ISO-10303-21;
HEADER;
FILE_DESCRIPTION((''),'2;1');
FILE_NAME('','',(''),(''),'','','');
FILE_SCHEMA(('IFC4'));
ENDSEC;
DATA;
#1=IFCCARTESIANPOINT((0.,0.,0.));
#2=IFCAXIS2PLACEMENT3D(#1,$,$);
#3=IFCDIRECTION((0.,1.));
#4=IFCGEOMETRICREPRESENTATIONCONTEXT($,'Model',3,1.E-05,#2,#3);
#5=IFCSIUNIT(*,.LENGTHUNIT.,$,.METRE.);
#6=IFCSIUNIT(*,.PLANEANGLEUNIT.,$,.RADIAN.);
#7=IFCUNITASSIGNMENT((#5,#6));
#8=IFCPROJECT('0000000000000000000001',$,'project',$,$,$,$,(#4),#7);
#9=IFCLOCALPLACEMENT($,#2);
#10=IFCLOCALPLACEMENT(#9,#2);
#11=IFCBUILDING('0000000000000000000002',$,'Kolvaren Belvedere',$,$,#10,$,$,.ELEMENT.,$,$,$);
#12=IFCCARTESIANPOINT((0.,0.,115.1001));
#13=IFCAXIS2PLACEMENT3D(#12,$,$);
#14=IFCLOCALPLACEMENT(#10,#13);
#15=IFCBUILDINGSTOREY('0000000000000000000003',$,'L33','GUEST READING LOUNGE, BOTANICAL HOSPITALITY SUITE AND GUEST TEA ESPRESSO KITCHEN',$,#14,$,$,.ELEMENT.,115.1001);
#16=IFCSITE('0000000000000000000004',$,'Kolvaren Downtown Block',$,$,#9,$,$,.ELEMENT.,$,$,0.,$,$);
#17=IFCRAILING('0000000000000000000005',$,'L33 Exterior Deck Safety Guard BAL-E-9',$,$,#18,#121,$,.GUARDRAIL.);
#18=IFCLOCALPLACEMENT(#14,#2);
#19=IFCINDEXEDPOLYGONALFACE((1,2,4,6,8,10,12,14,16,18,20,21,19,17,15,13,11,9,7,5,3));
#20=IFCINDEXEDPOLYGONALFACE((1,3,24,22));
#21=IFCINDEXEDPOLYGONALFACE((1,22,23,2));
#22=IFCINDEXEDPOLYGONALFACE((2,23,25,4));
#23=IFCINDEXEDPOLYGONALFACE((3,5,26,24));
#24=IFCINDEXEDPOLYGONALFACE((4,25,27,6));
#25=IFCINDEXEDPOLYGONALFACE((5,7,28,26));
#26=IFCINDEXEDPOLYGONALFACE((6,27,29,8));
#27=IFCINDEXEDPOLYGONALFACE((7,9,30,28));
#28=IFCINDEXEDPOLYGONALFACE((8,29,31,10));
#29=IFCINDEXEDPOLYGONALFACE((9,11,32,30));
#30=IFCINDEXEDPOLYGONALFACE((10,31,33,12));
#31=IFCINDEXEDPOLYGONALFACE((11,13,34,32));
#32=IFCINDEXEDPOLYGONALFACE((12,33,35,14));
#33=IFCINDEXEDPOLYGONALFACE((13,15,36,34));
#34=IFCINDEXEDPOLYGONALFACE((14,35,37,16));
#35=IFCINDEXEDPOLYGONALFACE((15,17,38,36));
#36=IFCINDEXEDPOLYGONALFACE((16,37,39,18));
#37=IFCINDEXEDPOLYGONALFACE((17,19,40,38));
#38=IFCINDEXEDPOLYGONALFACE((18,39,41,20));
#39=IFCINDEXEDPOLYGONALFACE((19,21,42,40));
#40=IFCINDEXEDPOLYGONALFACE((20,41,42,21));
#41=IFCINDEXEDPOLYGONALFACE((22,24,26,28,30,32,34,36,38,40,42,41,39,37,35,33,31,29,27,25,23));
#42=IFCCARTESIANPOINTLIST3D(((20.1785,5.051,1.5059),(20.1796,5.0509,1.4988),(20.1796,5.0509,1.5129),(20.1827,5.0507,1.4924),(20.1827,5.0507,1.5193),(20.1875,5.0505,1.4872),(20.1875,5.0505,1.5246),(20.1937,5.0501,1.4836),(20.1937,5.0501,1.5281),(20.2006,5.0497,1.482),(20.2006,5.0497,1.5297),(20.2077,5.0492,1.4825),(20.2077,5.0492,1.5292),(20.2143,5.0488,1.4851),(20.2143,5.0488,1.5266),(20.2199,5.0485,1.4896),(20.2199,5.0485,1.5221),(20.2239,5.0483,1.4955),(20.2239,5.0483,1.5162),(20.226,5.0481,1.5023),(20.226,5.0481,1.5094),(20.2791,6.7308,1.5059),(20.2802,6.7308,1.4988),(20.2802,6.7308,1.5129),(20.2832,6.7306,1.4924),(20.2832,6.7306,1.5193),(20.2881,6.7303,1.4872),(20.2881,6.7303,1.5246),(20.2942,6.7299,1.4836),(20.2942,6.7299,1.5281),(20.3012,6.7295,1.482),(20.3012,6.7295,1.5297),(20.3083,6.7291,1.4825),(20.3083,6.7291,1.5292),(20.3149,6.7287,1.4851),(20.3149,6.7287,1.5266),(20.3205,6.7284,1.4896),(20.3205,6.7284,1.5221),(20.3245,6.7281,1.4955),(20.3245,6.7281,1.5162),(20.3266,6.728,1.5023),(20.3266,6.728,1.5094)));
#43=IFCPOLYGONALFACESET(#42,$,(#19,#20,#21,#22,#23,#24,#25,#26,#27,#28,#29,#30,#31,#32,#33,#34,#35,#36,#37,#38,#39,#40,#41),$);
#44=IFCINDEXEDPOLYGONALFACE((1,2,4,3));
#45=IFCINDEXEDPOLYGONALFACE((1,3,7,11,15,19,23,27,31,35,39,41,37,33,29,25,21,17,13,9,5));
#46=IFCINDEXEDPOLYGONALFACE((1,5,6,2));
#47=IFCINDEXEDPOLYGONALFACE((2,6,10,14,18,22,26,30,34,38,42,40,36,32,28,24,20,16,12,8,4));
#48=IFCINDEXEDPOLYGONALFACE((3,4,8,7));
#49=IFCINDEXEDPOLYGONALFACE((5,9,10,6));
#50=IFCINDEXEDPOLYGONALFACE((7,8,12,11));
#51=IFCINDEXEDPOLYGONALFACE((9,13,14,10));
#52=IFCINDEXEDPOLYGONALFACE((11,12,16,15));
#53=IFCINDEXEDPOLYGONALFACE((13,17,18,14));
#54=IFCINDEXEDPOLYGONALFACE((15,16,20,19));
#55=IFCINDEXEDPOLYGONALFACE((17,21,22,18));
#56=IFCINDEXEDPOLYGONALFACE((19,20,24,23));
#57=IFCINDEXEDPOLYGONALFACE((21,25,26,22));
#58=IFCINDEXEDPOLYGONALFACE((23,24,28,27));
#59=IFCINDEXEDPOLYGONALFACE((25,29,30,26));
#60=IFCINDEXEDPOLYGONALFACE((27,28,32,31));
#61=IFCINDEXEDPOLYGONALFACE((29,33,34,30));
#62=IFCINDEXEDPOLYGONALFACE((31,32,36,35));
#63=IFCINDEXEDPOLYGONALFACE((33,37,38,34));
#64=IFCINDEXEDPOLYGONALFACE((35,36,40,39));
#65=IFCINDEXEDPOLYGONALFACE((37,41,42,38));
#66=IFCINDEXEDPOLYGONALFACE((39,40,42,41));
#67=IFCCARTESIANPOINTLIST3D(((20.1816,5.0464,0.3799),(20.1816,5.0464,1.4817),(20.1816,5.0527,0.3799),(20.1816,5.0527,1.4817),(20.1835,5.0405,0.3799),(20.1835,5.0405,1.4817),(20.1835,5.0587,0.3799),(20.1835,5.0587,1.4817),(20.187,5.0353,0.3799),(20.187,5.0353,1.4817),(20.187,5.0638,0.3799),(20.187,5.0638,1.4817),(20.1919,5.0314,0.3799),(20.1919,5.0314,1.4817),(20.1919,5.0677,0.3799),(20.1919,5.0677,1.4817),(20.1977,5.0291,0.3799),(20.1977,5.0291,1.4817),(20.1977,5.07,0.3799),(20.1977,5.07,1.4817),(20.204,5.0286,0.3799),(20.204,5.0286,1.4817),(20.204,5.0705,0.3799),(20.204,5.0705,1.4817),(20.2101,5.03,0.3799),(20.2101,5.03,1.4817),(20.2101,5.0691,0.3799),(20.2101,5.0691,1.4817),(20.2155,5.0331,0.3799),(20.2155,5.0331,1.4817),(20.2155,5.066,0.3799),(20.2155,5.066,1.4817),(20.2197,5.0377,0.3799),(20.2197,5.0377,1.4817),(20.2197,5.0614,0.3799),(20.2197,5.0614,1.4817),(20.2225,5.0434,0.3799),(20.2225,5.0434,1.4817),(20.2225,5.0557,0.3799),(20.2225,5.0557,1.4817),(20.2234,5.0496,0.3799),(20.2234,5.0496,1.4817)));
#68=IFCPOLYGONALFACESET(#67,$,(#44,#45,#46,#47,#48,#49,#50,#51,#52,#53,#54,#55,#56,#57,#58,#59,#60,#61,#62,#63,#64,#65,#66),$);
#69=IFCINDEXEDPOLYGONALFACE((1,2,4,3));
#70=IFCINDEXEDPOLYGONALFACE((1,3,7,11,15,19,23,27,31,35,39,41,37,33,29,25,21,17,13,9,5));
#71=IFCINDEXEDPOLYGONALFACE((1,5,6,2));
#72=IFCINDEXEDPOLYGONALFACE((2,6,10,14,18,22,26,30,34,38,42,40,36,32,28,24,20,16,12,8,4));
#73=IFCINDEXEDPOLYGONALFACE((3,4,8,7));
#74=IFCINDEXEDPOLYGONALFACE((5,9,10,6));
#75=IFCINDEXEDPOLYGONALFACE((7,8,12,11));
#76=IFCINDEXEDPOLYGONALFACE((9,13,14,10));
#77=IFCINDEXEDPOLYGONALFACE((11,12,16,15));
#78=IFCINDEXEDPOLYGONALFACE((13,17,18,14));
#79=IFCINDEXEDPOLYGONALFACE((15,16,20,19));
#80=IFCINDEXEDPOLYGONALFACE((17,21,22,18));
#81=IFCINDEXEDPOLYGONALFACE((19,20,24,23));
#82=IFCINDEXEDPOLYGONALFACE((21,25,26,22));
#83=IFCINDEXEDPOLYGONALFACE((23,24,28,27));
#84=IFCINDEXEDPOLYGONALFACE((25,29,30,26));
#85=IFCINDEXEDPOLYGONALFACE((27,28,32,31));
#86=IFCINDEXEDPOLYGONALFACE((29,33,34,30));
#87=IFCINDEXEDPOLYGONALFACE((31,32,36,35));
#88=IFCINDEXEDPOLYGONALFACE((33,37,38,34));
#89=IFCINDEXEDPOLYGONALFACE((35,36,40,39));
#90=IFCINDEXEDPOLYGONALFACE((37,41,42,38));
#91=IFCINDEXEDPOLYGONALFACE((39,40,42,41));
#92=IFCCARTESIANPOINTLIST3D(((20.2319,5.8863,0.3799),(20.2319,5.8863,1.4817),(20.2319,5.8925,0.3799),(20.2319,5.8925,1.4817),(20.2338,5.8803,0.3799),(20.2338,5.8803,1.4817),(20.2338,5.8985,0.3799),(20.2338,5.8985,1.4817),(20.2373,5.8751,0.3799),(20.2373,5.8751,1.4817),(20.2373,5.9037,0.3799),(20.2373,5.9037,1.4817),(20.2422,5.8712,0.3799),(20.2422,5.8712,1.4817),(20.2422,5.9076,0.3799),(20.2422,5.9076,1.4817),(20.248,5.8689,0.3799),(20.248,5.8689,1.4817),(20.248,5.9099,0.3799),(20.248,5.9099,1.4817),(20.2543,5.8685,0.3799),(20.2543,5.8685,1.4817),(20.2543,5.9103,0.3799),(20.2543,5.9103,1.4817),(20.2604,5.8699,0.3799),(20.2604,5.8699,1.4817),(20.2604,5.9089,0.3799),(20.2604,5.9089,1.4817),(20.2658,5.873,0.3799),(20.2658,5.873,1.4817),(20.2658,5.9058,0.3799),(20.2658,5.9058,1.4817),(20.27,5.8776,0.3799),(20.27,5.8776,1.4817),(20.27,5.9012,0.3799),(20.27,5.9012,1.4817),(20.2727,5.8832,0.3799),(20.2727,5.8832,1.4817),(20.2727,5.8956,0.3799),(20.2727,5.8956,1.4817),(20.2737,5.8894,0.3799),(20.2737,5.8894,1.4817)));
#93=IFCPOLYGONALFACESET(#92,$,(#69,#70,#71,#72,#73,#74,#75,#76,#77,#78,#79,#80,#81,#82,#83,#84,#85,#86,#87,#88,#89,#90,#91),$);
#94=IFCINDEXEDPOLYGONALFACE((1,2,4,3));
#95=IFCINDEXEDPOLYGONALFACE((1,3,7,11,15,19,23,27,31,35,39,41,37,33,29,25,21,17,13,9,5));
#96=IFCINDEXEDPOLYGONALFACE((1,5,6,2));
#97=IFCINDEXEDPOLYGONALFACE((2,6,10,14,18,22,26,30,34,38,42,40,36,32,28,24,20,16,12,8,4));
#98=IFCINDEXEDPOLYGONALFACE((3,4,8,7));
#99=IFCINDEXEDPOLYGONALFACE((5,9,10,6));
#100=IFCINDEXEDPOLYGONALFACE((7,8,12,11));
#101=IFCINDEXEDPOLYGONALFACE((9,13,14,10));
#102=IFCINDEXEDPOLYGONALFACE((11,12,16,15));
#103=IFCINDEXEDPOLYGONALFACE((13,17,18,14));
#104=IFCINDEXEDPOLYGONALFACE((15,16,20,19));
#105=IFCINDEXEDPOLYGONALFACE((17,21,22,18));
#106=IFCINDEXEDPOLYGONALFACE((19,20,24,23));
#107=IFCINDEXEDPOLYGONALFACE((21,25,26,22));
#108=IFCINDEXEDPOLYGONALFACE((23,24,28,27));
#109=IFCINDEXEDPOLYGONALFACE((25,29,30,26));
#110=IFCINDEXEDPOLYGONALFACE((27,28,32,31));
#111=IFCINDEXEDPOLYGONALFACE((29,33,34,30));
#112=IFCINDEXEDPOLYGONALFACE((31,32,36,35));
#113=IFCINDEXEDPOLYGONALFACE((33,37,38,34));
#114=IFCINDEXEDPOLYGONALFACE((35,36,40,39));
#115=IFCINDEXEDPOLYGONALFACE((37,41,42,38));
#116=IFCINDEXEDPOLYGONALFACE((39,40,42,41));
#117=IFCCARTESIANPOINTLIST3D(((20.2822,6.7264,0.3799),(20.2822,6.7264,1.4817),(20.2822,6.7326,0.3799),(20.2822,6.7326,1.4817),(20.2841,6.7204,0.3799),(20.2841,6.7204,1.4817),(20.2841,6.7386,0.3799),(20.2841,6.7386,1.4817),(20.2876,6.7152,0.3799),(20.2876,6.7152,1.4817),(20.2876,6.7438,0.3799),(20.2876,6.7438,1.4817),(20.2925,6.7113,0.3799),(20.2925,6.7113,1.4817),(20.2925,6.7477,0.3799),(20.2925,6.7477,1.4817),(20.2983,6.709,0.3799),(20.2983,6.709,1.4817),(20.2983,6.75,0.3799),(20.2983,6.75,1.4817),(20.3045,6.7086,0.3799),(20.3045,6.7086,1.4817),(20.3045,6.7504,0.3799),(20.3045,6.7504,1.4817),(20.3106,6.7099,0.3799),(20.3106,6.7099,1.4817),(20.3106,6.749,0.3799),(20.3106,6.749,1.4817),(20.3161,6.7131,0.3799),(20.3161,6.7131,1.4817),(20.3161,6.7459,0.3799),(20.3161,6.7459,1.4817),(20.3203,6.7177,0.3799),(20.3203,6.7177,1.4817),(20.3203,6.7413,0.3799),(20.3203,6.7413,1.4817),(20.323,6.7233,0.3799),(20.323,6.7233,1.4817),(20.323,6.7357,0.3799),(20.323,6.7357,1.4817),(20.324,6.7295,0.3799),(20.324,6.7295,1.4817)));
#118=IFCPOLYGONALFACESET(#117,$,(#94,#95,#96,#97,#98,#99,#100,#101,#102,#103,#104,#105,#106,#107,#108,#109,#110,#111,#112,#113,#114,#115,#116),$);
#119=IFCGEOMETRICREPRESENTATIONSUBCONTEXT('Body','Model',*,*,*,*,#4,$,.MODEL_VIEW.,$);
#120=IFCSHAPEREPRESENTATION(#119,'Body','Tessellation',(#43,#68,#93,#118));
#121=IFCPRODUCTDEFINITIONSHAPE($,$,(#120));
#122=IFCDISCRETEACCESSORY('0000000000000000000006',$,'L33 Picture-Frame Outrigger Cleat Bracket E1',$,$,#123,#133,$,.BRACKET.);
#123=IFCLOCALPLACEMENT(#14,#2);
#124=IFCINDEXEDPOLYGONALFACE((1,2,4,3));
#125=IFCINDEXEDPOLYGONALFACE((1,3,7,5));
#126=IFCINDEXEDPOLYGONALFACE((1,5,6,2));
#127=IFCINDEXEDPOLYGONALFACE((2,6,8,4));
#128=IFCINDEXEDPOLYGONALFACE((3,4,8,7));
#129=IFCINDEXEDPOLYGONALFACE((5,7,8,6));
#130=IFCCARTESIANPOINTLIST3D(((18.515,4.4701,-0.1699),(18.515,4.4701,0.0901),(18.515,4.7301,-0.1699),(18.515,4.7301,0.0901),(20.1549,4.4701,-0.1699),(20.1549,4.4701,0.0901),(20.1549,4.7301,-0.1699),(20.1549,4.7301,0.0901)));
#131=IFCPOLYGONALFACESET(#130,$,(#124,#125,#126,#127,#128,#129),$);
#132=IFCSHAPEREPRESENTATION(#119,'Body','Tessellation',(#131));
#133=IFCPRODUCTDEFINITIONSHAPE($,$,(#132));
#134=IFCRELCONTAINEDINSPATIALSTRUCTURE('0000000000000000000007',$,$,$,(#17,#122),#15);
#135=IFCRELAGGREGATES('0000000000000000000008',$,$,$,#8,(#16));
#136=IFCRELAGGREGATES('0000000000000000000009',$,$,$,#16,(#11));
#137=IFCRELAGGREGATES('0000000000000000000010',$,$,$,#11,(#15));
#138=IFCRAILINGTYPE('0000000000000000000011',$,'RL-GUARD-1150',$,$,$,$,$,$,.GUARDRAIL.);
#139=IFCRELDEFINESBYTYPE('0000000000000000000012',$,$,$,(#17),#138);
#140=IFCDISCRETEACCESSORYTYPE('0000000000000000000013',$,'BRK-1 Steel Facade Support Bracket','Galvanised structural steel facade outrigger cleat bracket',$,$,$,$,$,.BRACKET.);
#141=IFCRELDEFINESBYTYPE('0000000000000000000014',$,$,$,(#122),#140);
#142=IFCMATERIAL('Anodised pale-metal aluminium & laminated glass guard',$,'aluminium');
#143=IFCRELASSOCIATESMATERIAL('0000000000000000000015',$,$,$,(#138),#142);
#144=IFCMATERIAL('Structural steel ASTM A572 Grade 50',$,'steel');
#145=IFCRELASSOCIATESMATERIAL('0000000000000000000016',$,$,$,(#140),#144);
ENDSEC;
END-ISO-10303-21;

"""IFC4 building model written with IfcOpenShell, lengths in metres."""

from ifc_helpers import new_model, si_unit, direction, frame, origin, origin_2d, place, context, subcontext, project, spatial, rectangle, circle, extrude, material, type_object, element, save


model = new_model("IFC4")

# Units and contexts
model_context = context("Model", 3, precision=1e-05, world=origin(), true_north=direction((0.0, 1.0)))
body_context = subcontext(model_context, "Body", "Model", "MODEL_VIEW")
ifc_project = project(units=[si_unit("LENGTHUNIT", "METRE"), si_unit("PLANEANGLEUNIT", "RADIAN")], contexts=[model_context])

# Site, building, storey
site_placement = place(None, origin())
site = spatial("IfcSite", under=ifc_project, at=site_placement, Name="Kolvaren Downtown Block", CompositionType="ELEMENT", RefElevation=0.0)
building_placement = place(site_placement, origin())
building = spatial("IfcBuilding", under=site, at=building_placement, Name="Kolvaren Belvedere", CompositionType="ELEMENT")
storey_placement = place(building_placement, frame((0.0, 0.0, 115.1001)))
storey = spatial("IfcBuildingStorey", under=building, at=storey_placement, Name="L33", Description="GUEST READING LOUNGE, BOTANICAL HOSPITALITY SUITE AND GUEST TEA ESPRESSO KITCHEN", CompositionType="ELEMENT", Elevation=115.1001)

# Railing
ifc_material_1 = material(Name="Anodised pale-metal aluminium & laminated glass guard", Category="aluminium")
railing_type = type_object("IfcRailingType", Name="RL-GUARD-1150", PredefinedType="GUARDRAIL", material=ifc_material_1)
railing_1_placement = place(storey_placement, frame((20.2024, 5.0496, 0.3799)))
element("IfcRailing", 1, at=railing_1_placement, inside=storey, type_object=railing_type, Name="L33 Exterior Deck Safety Guard BAL-E-9", PredefinedType="GUARDRAIL", context=body_context, shape_type="SweptSolid", body=[
    extrude(circle(Radius=0.0239, at=origin_2d()), frame((0.0, 0.0, 1.126), z_axis=(0.059768, 0.998212, 0.0), x_axis=(-0.998212, 0.059768, 0.0)), (0.0, 0.0, 1.0), 1.6829),
    extrude(circle(Radius=0.021, at=origin_2d()), origin(), (0.0, 0.0, 1.0), 1.1018),
    extrude(circle(Radius=0.021, at=origin_2d()), frame((0.0503, 0.8398, 0.0)), (0.0, 0.0, 1.0), 1.1018),
    extrude(circle(Radius=0.021, at=origin_2d()), frame((0.1006, 1.6799, 0.0)), (0.0, 0.0, 1.0), 1.1018),
])

# Discrete accessory
ifc_material_2 = material(Name="Structural steel ASTM A572 Grade 50", Category="steel")
discrete_accessory_type = type_object("IfcDiscreteAccessoryType", Name="BRK-1 Steel Facade Support Bracket", Description="Galvanised structural steel facade outrigger cleat bracket", PredefinedType="BRACKET", material=ifc_material_2)
discrete_accessory_placement = place(storey_placement, frame((19.335, 4.6001, -0.1699), z_axis=(0.0, 0.0, 1.0), x_axis=(1.0, 0.0, 0.0)))
element("IfcDiscreteAccessory", 2, at=discrete_accessory_placement, inside=storey, type_object=discrete_accessory_type, Name="L33 Picture-Frame Outrigger Cleat Bracket E1", PredefinedType="BRACKET", context=body_context, shape_type="SweptSolid", body=[
    extrude(rectangle(XDim=1.6399, YDim=0.26, at=origin_2d()), origin(), (0.0, 0.0, 1.0), 0.26),
])

save(model, "model.ifc")
